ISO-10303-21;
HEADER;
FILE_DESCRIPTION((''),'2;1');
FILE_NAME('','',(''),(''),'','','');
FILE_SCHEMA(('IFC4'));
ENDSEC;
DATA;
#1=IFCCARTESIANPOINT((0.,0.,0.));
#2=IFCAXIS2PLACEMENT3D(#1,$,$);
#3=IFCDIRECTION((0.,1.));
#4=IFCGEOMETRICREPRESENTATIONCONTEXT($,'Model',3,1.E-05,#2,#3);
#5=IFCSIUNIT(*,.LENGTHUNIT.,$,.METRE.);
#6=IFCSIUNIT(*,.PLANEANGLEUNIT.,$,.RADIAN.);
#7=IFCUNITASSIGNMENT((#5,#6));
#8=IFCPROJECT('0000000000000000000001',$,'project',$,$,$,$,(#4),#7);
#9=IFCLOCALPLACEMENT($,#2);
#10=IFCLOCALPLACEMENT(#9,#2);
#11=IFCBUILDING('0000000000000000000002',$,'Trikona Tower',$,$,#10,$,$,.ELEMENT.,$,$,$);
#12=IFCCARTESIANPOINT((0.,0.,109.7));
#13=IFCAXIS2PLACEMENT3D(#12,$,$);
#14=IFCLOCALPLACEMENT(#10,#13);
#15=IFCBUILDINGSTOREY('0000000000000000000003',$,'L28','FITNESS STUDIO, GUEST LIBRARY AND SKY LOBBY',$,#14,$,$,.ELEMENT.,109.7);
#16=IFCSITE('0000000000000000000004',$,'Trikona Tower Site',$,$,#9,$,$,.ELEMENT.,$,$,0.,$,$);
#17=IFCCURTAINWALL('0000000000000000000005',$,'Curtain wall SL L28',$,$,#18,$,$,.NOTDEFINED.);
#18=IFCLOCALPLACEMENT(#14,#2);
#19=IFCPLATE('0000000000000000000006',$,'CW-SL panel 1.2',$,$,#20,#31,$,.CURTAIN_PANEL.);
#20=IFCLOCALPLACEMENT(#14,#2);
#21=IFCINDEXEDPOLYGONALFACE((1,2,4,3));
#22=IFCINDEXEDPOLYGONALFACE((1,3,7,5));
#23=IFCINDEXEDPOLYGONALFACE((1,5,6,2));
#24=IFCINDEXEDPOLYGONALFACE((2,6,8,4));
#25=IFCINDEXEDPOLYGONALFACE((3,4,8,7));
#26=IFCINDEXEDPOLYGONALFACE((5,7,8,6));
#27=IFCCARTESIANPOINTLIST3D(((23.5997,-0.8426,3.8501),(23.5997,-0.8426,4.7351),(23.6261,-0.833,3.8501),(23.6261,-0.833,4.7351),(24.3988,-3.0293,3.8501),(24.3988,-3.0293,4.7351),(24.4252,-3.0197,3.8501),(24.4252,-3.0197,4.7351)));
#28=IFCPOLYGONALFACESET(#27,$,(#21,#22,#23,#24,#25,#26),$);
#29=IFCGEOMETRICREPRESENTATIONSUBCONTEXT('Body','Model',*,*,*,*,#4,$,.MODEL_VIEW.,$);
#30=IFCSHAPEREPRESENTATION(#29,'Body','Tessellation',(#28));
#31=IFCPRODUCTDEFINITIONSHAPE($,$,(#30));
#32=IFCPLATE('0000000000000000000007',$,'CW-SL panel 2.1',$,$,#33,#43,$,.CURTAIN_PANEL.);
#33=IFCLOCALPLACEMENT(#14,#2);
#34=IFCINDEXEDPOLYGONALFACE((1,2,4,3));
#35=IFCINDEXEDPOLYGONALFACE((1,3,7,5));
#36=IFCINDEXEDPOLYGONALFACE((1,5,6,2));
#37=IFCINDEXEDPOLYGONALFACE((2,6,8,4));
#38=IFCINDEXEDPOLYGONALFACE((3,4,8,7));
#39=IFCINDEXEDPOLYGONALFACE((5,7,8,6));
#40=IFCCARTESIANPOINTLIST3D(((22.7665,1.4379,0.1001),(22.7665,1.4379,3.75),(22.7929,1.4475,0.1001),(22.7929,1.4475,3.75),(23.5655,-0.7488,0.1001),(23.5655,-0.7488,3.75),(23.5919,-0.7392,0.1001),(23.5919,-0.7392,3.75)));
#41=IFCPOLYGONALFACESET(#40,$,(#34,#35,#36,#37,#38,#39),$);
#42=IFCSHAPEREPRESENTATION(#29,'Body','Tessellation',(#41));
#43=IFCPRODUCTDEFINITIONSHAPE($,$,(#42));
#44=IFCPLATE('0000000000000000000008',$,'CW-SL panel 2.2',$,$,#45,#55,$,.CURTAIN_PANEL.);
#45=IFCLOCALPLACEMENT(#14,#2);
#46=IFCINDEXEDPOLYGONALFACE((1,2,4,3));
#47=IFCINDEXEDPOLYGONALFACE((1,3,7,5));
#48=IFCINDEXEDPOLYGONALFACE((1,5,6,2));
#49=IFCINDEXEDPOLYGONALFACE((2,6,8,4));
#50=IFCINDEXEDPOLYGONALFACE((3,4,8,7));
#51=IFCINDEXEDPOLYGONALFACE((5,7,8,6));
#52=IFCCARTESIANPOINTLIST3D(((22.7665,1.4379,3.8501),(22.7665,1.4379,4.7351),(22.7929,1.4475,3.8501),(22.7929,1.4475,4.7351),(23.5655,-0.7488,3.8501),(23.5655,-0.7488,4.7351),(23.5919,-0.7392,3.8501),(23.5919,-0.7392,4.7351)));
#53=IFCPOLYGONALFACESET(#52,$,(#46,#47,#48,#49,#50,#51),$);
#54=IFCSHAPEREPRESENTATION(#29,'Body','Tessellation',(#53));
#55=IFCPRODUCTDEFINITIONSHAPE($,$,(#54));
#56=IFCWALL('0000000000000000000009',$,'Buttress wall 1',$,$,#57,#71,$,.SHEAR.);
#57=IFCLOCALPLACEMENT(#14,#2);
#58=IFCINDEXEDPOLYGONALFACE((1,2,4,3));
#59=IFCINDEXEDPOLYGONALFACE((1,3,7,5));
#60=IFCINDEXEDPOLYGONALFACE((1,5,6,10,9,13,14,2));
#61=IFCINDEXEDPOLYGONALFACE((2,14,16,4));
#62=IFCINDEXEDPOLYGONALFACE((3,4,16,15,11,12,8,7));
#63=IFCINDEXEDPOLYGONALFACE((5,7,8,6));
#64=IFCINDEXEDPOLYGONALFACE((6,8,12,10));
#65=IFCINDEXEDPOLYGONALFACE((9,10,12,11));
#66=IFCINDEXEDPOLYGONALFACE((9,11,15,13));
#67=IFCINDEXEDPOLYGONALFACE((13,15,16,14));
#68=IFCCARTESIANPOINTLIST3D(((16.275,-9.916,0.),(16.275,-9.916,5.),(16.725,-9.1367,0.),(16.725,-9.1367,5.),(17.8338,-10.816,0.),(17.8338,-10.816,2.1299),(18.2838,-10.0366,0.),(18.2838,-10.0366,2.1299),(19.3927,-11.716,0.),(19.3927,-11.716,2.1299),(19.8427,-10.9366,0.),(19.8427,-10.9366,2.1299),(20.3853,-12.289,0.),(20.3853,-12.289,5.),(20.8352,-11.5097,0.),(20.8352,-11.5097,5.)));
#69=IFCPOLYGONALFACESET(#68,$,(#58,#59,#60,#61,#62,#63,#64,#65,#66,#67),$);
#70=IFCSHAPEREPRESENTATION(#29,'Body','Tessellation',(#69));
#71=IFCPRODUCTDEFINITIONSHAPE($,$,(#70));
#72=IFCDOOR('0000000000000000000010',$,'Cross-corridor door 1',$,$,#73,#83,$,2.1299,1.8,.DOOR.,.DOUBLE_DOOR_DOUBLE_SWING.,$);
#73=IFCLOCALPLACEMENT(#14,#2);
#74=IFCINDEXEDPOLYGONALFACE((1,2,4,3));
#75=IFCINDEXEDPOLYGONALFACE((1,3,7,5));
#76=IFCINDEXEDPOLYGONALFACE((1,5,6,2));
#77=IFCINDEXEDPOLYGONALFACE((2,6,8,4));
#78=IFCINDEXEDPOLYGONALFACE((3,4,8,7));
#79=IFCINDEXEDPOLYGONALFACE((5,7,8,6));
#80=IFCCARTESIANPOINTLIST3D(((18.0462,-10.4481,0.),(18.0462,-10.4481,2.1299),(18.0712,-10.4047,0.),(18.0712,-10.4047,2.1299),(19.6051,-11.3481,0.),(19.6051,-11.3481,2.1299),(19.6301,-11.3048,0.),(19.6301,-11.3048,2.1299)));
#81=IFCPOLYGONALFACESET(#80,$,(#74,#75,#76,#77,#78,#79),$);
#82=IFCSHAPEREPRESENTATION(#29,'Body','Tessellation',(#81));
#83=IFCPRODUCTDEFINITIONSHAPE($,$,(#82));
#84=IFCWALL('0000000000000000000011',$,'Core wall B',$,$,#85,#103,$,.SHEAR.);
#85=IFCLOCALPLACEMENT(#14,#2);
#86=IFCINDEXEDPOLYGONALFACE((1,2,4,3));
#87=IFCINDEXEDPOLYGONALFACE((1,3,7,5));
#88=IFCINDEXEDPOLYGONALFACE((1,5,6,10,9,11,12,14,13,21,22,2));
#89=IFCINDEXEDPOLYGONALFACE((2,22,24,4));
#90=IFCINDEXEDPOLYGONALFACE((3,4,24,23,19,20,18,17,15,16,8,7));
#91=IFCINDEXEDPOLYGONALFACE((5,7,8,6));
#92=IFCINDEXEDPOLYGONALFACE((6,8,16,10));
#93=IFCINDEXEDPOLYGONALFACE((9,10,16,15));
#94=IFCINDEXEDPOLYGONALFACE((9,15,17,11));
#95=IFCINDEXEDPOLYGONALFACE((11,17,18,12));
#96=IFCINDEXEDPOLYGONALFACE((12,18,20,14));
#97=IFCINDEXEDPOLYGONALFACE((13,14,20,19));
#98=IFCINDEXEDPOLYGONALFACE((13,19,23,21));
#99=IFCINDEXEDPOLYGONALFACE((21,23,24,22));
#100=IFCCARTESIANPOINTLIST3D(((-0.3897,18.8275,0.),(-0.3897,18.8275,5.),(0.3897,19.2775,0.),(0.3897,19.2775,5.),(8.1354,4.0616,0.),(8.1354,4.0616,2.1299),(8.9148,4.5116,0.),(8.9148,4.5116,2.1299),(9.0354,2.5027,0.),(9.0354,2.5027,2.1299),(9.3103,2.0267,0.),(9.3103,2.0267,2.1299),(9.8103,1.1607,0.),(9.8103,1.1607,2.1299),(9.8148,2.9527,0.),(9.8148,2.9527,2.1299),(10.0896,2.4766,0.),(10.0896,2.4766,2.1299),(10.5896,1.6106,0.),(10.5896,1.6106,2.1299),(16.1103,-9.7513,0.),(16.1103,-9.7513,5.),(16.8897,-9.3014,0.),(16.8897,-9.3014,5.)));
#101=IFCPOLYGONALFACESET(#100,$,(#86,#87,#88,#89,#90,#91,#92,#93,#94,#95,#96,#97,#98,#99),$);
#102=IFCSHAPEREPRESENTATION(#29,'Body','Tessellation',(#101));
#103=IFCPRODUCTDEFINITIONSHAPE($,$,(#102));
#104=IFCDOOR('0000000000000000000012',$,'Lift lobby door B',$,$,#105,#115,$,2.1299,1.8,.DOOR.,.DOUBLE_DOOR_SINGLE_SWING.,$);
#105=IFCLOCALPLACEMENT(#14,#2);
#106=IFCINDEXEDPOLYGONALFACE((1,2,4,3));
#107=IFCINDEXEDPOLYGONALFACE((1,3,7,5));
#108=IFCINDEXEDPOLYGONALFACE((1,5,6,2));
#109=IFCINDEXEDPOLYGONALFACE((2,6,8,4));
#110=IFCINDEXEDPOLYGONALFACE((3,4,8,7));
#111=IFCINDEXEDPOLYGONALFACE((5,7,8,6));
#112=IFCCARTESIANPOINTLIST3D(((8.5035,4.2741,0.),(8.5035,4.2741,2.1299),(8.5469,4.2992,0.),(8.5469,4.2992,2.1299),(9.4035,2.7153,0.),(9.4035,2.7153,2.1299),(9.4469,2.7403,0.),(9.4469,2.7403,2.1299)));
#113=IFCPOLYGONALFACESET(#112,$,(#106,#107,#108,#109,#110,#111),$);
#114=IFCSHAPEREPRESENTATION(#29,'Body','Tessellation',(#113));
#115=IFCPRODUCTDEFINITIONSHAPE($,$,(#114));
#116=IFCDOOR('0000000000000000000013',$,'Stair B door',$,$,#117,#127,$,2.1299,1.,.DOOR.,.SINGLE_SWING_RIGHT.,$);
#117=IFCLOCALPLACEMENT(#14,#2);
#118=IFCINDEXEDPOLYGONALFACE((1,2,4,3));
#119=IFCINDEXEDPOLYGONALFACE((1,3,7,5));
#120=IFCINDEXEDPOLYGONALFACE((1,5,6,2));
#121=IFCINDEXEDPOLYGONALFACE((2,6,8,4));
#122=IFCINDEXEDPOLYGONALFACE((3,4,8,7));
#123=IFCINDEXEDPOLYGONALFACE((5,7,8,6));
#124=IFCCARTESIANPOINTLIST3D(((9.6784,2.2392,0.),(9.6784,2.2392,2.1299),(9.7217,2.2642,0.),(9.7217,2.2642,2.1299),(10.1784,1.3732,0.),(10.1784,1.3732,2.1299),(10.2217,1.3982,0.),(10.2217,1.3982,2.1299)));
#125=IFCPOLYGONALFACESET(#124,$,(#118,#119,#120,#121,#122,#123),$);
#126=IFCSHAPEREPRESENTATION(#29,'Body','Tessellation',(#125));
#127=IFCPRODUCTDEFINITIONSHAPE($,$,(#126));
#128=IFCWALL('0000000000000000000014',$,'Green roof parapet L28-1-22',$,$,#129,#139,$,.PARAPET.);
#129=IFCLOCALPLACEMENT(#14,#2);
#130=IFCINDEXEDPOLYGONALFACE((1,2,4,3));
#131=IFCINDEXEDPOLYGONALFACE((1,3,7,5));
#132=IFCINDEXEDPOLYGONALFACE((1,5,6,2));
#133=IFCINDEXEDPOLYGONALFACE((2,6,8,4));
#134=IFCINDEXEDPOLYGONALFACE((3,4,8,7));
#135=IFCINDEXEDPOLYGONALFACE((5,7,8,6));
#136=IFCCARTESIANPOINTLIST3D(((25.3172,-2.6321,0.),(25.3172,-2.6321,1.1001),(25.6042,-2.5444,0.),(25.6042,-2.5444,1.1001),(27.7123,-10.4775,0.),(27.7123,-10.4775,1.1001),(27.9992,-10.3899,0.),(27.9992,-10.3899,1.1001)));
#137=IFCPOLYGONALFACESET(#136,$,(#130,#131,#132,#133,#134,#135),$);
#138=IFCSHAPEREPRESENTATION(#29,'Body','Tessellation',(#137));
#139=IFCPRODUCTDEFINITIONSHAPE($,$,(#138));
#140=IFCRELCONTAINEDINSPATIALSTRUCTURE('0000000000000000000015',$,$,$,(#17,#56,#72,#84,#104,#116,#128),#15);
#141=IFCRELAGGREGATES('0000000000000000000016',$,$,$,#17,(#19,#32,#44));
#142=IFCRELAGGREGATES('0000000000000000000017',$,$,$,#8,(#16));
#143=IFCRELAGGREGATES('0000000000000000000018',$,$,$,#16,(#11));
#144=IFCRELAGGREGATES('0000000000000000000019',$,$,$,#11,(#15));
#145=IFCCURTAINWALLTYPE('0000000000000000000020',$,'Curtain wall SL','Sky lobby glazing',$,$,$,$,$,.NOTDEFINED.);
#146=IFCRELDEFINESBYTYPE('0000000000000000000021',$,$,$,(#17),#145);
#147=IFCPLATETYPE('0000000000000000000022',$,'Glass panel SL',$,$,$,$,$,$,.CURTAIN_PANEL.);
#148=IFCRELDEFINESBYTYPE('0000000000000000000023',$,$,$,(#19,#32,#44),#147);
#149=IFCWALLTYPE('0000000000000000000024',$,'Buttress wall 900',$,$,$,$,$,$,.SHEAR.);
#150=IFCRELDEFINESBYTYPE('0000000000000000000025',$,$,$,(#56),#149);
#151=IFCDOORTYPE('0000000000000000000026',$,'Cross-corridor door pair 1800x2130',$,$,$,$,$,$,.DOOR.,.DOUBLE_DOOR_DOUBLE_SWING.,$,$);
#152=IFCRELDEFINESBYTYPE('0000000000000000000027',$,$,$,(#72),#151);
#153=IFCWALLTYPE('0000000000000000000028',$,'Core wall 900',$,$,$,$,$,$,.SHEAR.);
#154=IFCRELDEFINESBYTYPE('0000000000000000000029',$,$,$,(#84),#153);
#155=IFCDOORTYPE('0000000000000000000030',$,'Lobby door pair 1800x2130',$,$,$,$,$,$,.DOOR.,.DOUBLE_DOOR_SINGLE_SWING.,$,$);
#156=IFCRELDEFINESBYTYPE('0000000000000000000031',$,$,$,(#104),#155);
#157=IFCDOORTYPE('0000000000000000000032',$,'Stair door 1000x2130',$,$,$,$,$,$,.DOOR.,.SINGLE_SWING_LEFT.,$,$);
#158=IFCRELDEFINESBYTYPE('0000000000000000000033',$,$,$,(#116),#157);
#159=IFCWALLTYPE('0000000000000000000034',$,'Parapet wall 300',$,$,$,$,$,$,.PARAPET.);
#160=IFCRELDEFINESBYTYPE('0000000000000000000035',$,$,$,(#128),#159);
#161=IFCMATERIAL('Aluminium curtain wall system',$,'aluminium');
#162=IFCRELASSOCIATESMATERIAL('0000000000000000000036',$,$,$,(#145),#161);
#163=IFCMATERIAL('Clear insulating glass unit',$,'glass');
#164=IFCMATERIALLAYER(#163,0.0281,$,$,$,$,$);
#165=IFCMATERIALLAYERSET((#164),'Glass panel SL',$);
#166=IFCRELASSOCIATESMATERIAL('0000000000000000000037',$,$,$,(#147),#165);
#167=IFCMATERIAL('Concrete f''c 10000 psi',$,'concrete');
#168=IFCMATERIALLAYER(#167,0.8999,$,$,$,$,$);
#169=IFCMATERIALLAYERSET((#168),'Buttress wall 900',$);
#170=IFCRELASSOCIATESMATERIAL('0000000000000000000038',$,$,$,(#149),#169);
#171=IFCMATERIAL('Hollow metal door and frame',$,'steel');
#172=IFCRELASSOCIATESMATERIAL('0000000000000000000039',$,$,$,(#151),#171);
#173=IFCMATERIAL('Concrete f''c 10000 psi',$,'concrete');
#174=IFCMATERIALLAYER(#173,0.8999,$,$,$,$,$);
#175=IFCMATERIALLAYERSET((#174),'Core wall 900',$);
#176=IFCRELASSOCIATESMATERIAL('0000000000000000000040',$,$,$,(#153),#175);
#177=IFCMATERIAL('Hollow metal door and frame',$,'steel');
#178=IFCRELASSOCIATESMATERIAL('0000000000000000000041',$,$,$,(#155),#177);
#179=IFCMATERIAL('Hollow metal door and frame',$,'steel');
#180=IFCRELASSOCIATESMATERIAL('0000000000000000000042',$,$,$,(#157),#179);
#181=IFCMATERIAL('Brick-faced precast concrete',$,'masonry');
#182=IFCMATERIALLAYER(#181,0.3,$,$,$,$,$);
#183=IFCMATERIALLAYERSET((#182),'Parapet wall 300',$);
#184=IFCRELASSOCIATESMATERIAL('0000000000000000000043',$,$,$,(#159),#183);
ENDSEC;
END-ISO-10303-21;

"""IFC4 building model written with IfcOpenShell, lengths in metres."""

from ifc_helpers import new_model, si_unit, direction, frame, frame_2d, origin, origin_2d, place, context, subcontext, project, spatial, rectangle, extrude, material, layer, layer_set, type_object, element, fill, aggregate, save


model = new_model("IFC4")

# Units and contexts
model_context = context("Model", 3, precision=1e-05, world=origin(), true_north=direction((0.0, 1.0)))
body_context = subcontext(model_context, "Body", "Model", "MODEL_VIEW")
ifc_project = project(units=[si_unit("LENGTHUNIT", "METRE"), si_unit("PLANEANGLEUNIT", "RADIAN")], contexts=[model_context])

# Site, building, storey
site_placement = place(None, origin())
site = spatial("IfcSite", under=ifc_project, at=site_placement, Name="Trikona Tower Site", CompositionType="ELEMENT", RefElevation=0.0)
building_placement = place(site_placement, origin())
building = spatial("IfcBuilding", under=site, at=building_placement, Name="Trikona Tower", CompositionType="ELEMENT")
storey_placement = place(building_placement, frame((0.0, 0.0, 109.7)))
storey = spatial("IfcBuildingStorey", under=building, at=storey_placement, Name="L28", Description="FITNESS STUDIO, GUEST LIBRARY AND SKY LOBBY", CompositionType="ELEMENT", Elevation=109.7)

# Curtain wall
ifc_material_1 = material(Name="Aluminium curtain wall system", Category="aluminium")
curtain_wall_type = type_object("IfcCurtainWallType", Name="Curtain wall SL", Description="Sky lobby glazing", PredefinedType="NOTDEFINED", material=ifc_material_1)
curtain_wall_1_placement = place(storey_placement, origin())
curtain_wall_1 = element("IfcCurtainWall", 1, at=curtain_wall_1_placement, inside=storey, type_object=curtain_wall_type, Name="Curtain wall SL L28", PredefinedType="NOTDEFINED")

# Plates
ifc_material_2 = material(Name="Clear insulating glass unit", Category="glass")
ifc_layer_1 = layer(ifc_material_2, 0.0281)
ifc_layer_set_1 = layer_set([ifc_layer_1], Name="Glass panel SL")
plate_type = type_object("IfcPlateType", Name="Glass panel SL", PredefinedType="CURTAIN_PANEL", material=ifc_layer_set_1)
plate_1_placement = place(storey_placement, frame((24.0125, -1.9312, 3.8501), z_axis=(0.0, 0.0, 1.0), x_axis=(-0.343217, 0.939256, 0.0)))
plate_1 = element("IfcPlate", 2, at=plate_1_placement, type_object=plate_type, Name="CW-SL panel 1.2", PredefinedType="CURTAIN_PANEL", context=body_context, shape_type="SweptSolid", body=[
    extrude(rectangle(XDim=2.3281, YDim=0.0281, at=origin_2d()), origin(), (0.0, 0.0, 1.0), 0.885),
])
plate_2_placement = place(storey_placement, frame((23.1792, 0.3494, 0.1001), z_axis=(0.0, 0.0, 1.0), x_axis=(-0.343217, 0.939256, 0.0)))
plate_2 = element("IfcPlate", 3, at=plate_2_placement, type_object=plate_type, Name="CW-SL panel 2.1", PredefinedType="CURTAIN_PANEL", context=body_context, shape_type="SweptSolid", body=[
    extrude(rectangle(XDim=2.3281, YDim=0.0281, at=origin_2d()), origin(), (0.0, 0.0, 1.0), 3.6499),
])
plate_3_placement = place(storey_placement, frame((23.1792, 0.3494, 3.8501), z_axis=(0.0, 0.0, 1.0), x_axis=(-0.343217, 0.939256, 0.0)))
plate_3 = element("IfcPlate", 4, at=plate_3_placement, type_object=plate_type, Name="CW-SL panel 2.2", PredefinedType="CURTAIN_PANEL", context=body_context, shape_type="SweptSolid", body=[
    extrude(rectangle(XDim=2.3281, YDim=0.0281, at=origin_2d()), origin(), (0.0, 0.0, 1.0), 0.885),
])
aggregate(curtain_wall_1, [plate_1, plate_2, plate_3])

# Wall, opening, door
ifc_material_3 = material(Name="Concrete f'c 10000 psi", Category="concrete")
ifc_layer_2 = layer(ifc_material_3, 0.8999)
ifc_layer_set_2 = layer_set([ifc_layer_2], Name="Buttress wall 900")
wall_type_1 = type_object("IfcWallType", Name="Buttress wall 900", PredefinedType="SHEAR", material=ifc_layer_set_2)
wall_1_placement = place(storey_placement, frame((16.5, -9.5264, 0.0), z_axis=(0.0, 0.0, 1.0), x_axis=(0.866031, -0.49999, 0.0)))
wall_1 = element("IfcWall", 5, at=wall_1_placement, inside=storey, type_object=wall_type_1, Name="Buttress wall 1", PredefinedType="SHEAR", context=body_context, shape_type="SweptSolid", body=[
    extrude(rectangle(XDim=4.7461, YDim=0.8999, at=frame_2d((2.373, 0.0))), origin(), (0.0, 0.0, 1.0), 5.0),
])
opening_1_placement = place(wall_1_placement, frame((1.8, 0.0, 0.0)))
opening_1 = element("IfcOpeningElement", 6, at=opening_1_placement, cuts=wall_1, PredefinedType="OPENING", context=body_context, shape_type="SweptSolid", body=[
    extrude(rectangle(XDim=1.8, YDim=2.1299, at=frame_2d((0.8999, 1.0649))), frame((0.0, 0.46, 0.0), z_axis=(0.0, -1.0, 0.0), x_axis=(1.0, 0.0, 0.0)), (0.0, 0.0, 1.0), 0.9199),
])
ifc_material_4 = material(Name="Hollow metal door and frame", Category="steel")
door_type_1 = type_object("IfcDoorType", Name="Cross-corridor door pair 1800x2130", OperationType="DOUBLE_DOOR_DOUBLE_SWING", PredefinedType="DOOR", material=ifc_material_4)
door_1_placement = place(opening_1_placement, origin())
door_1 = element("IfcDoor", 7, at=door_1_placement, inside=storey, type_object=door_type_1, Name="Cross-corridor door 1", OperationType="DOUBLE_DOOR_DOUBLE_SWING", OverallHeight=2.1299, OverallWidth=1.8, PredefinedType="DOOR", context=body_context, shape_type="SweptSolid", body=[
    extrude(rectangle(XDim=1.8, YDim=2.1299, at=frame_2d((0.8999, 1.0649))), frame((0.0, 0.0249, 0.0), z_axis=(0.0, -1.0, 0.0), x_axis=(1.0, 0.0, 0.0)), (0.0, 0.0, 1.0), 0.05),
])
fill(opening_1, door_1)

# Wall, openings, doors
ifc_material_5 = material(Name="Concrete f'c 10000 psi", Category="concrete")
ifc_layer_3 = layer(ifc_material_5, 0.8999)
ifc_layer_set_3 = layer_set([ifc_layer_3], Name="Core wall 900")
wall_type_2 = type_object("IfcWallType", Name="Core wall 900", PredefinedType="SHEAR", material=ifc_layer_set_3)
wall_2_placement = place(storey_placement, frame((16.5, -9.5264, 0.0), z_axis=(0.0, 0.0, 1.0), x_axis=(-0.5, 0.866026, 0.0)))
wall_2 = element("IfcWall", 8, at=wall_2_placement, inside=storey, type_object=wall_type_2, Name="Core wall B", PredefinedType="SHEAR", context=body_context, shape_type="SweptSolid", body=[
    extrude(rectangle(XDim=33.0, YDim=0.8999, at=frame_2d((16.5, 0.0))), origin(), (0.0, 0.0, 1.0), 5.0),
])
opening_2_placement = place(wall_2_placement, frame((14.1499, 0.0, 0.0)))
opening_2 = element("IfcOpeningElement", 9, at=opening_2_placement, cuts=wall_2, PredefinedType="OPENING", context=body_context, shape_type="SweptSolid", body=[
    extrude(rectangle(XDim=1.8, YDim=2.1299, at=frame_2d((0.8999, 1.0649))), frame((0.0, 0.46, 0.0), z_axis=(0.0, -1.0, 0.0), x_axis=(1.0, 0.0, 0.0)), (0.0, 0.0, 1.0), 0.9199),
])
opening_3_placement = place(wall_2_placement, frame((12.6001, 0.0, 0.0)))
opening_3 = element("IfcOpeningElement", 10, at=opening_3_placement, cuts=wall_2, PredefinedType="OPENING", context=body_context, shape_type="SweptSolid", body=[
    extrude(rectangle(XDim=1.0, YDim=2.1299, at=frame_2d((0.5, 1.0649))), frame((0.0, 0.46, 0.0), z_axis=(0.0, -1.0, 0.0), x_axis=(1.0, 0.0, 0.0)), (0.0, 0.0, 1.0), 0.9199),
])
ifc_material_6 = material(Name="Hollow metal door and frame", Category="steel")
door_type_2 = type_object("IfcDoorType", Name="Lobby door pair 1800x2130", OperationType="DOUBLE_DOOR_SINGLE_SWING", PredefinedType="DOOR", material=ifc_material_6)
door_2_placement = place(opening_2_placement, origin())
door_2 = element("IfcDoor", 11, at=door_2_placement, inside=storey, type_object=door_type_2, Name="Lift lobby door B", OperationType="DOUBLE_DOOR_SINGLE_SWING", OverallHeight=2.1299, OverallWidth=1.8, PredefinedType="DOOR", context=body_context, shape_type="SweptSolid", body=[
    extrude(rectangle(XDim=1.8, YDim=2.1299, at=frame_2d((0.8999, 1.0649))), frame((0.0, 0.0249, 0.0), z_axis=(0.0, -1.0, 0.0), x_axis=(1.0, 0.0, 0.0)), (0.0, 0.0, 1.0), 0.05),
])
fill(opening_2, door_2)
ifc_material_7 = material(Name="Hollow metal door and frame", Category="steel")
door_type_3 = type_object("IfcDoorType", Name="Stair door 1000x2130", OperationType="SINGLE_SWING_LEFT", PredefinedType="DOOR", material=ifc_material_7)
door_3_placement = place(opening_3_placement, origin())
door_3 = element("IfcDoor", 12, at=door_3_placement, inside=storey, type_object=door_type_3, Name="Stair B door", OperationType="SINGLE_SWING_RIGHT", OverallHeight=2.1299, OverallWidth=1.0, PredefinedType="DOOR", context=body_context, shape_type="SweptSolid", body=[
    extrude(rectangle(XDim=1.0, YDim=2.1299, at=frame_2d((0.5, 1.0649))), frame((0.0, 0.0249, 0.0), z_axis=(0.0, -1.0, 0.0), x_axis=(1.0, 0.0, 0.0)), (0.0, 0.0, 1.0), 0.05),
])
fill(opening_3, door_3)

# Wall
ifc_material_8 = material(Name="Brick-faced precast concrete", Category="masonry")
ifc_layer_4 = layer(ifc_material_8, 0.3)
ifc_layer_set_4 = layer_set([ifc_layer_4], Name="Parapet wall 300")
wall_type_3 = type_object("IfcWallType", Name="Parapet wall 300", PredefinedType="PARAPET", material=ifc_layer_set_4)
wall_3_placement = place(storey_placement, frame((25.4607, -2.5881, 0.0), z_axis=(0.0, 0.0, 1.0), x_axis=(0.291973, -0.956427, 0.0)))
element("IfcWall", 13, at=wall_3_placement, inside=storey, type_object=wall_type_3, Name="Green roof parapet L28-1-22", PredefinedType="PARAPET", context=body_context, shape_type="SweptSolid", body=[
    extrude(rectangle(XDim=8.2029, YDim=0.3, at=frame_2d((4.1016, 0.0))), origin(), (0.0, 0.0, 1.0), 1.1001),
])

save(model, "model.ifc")
